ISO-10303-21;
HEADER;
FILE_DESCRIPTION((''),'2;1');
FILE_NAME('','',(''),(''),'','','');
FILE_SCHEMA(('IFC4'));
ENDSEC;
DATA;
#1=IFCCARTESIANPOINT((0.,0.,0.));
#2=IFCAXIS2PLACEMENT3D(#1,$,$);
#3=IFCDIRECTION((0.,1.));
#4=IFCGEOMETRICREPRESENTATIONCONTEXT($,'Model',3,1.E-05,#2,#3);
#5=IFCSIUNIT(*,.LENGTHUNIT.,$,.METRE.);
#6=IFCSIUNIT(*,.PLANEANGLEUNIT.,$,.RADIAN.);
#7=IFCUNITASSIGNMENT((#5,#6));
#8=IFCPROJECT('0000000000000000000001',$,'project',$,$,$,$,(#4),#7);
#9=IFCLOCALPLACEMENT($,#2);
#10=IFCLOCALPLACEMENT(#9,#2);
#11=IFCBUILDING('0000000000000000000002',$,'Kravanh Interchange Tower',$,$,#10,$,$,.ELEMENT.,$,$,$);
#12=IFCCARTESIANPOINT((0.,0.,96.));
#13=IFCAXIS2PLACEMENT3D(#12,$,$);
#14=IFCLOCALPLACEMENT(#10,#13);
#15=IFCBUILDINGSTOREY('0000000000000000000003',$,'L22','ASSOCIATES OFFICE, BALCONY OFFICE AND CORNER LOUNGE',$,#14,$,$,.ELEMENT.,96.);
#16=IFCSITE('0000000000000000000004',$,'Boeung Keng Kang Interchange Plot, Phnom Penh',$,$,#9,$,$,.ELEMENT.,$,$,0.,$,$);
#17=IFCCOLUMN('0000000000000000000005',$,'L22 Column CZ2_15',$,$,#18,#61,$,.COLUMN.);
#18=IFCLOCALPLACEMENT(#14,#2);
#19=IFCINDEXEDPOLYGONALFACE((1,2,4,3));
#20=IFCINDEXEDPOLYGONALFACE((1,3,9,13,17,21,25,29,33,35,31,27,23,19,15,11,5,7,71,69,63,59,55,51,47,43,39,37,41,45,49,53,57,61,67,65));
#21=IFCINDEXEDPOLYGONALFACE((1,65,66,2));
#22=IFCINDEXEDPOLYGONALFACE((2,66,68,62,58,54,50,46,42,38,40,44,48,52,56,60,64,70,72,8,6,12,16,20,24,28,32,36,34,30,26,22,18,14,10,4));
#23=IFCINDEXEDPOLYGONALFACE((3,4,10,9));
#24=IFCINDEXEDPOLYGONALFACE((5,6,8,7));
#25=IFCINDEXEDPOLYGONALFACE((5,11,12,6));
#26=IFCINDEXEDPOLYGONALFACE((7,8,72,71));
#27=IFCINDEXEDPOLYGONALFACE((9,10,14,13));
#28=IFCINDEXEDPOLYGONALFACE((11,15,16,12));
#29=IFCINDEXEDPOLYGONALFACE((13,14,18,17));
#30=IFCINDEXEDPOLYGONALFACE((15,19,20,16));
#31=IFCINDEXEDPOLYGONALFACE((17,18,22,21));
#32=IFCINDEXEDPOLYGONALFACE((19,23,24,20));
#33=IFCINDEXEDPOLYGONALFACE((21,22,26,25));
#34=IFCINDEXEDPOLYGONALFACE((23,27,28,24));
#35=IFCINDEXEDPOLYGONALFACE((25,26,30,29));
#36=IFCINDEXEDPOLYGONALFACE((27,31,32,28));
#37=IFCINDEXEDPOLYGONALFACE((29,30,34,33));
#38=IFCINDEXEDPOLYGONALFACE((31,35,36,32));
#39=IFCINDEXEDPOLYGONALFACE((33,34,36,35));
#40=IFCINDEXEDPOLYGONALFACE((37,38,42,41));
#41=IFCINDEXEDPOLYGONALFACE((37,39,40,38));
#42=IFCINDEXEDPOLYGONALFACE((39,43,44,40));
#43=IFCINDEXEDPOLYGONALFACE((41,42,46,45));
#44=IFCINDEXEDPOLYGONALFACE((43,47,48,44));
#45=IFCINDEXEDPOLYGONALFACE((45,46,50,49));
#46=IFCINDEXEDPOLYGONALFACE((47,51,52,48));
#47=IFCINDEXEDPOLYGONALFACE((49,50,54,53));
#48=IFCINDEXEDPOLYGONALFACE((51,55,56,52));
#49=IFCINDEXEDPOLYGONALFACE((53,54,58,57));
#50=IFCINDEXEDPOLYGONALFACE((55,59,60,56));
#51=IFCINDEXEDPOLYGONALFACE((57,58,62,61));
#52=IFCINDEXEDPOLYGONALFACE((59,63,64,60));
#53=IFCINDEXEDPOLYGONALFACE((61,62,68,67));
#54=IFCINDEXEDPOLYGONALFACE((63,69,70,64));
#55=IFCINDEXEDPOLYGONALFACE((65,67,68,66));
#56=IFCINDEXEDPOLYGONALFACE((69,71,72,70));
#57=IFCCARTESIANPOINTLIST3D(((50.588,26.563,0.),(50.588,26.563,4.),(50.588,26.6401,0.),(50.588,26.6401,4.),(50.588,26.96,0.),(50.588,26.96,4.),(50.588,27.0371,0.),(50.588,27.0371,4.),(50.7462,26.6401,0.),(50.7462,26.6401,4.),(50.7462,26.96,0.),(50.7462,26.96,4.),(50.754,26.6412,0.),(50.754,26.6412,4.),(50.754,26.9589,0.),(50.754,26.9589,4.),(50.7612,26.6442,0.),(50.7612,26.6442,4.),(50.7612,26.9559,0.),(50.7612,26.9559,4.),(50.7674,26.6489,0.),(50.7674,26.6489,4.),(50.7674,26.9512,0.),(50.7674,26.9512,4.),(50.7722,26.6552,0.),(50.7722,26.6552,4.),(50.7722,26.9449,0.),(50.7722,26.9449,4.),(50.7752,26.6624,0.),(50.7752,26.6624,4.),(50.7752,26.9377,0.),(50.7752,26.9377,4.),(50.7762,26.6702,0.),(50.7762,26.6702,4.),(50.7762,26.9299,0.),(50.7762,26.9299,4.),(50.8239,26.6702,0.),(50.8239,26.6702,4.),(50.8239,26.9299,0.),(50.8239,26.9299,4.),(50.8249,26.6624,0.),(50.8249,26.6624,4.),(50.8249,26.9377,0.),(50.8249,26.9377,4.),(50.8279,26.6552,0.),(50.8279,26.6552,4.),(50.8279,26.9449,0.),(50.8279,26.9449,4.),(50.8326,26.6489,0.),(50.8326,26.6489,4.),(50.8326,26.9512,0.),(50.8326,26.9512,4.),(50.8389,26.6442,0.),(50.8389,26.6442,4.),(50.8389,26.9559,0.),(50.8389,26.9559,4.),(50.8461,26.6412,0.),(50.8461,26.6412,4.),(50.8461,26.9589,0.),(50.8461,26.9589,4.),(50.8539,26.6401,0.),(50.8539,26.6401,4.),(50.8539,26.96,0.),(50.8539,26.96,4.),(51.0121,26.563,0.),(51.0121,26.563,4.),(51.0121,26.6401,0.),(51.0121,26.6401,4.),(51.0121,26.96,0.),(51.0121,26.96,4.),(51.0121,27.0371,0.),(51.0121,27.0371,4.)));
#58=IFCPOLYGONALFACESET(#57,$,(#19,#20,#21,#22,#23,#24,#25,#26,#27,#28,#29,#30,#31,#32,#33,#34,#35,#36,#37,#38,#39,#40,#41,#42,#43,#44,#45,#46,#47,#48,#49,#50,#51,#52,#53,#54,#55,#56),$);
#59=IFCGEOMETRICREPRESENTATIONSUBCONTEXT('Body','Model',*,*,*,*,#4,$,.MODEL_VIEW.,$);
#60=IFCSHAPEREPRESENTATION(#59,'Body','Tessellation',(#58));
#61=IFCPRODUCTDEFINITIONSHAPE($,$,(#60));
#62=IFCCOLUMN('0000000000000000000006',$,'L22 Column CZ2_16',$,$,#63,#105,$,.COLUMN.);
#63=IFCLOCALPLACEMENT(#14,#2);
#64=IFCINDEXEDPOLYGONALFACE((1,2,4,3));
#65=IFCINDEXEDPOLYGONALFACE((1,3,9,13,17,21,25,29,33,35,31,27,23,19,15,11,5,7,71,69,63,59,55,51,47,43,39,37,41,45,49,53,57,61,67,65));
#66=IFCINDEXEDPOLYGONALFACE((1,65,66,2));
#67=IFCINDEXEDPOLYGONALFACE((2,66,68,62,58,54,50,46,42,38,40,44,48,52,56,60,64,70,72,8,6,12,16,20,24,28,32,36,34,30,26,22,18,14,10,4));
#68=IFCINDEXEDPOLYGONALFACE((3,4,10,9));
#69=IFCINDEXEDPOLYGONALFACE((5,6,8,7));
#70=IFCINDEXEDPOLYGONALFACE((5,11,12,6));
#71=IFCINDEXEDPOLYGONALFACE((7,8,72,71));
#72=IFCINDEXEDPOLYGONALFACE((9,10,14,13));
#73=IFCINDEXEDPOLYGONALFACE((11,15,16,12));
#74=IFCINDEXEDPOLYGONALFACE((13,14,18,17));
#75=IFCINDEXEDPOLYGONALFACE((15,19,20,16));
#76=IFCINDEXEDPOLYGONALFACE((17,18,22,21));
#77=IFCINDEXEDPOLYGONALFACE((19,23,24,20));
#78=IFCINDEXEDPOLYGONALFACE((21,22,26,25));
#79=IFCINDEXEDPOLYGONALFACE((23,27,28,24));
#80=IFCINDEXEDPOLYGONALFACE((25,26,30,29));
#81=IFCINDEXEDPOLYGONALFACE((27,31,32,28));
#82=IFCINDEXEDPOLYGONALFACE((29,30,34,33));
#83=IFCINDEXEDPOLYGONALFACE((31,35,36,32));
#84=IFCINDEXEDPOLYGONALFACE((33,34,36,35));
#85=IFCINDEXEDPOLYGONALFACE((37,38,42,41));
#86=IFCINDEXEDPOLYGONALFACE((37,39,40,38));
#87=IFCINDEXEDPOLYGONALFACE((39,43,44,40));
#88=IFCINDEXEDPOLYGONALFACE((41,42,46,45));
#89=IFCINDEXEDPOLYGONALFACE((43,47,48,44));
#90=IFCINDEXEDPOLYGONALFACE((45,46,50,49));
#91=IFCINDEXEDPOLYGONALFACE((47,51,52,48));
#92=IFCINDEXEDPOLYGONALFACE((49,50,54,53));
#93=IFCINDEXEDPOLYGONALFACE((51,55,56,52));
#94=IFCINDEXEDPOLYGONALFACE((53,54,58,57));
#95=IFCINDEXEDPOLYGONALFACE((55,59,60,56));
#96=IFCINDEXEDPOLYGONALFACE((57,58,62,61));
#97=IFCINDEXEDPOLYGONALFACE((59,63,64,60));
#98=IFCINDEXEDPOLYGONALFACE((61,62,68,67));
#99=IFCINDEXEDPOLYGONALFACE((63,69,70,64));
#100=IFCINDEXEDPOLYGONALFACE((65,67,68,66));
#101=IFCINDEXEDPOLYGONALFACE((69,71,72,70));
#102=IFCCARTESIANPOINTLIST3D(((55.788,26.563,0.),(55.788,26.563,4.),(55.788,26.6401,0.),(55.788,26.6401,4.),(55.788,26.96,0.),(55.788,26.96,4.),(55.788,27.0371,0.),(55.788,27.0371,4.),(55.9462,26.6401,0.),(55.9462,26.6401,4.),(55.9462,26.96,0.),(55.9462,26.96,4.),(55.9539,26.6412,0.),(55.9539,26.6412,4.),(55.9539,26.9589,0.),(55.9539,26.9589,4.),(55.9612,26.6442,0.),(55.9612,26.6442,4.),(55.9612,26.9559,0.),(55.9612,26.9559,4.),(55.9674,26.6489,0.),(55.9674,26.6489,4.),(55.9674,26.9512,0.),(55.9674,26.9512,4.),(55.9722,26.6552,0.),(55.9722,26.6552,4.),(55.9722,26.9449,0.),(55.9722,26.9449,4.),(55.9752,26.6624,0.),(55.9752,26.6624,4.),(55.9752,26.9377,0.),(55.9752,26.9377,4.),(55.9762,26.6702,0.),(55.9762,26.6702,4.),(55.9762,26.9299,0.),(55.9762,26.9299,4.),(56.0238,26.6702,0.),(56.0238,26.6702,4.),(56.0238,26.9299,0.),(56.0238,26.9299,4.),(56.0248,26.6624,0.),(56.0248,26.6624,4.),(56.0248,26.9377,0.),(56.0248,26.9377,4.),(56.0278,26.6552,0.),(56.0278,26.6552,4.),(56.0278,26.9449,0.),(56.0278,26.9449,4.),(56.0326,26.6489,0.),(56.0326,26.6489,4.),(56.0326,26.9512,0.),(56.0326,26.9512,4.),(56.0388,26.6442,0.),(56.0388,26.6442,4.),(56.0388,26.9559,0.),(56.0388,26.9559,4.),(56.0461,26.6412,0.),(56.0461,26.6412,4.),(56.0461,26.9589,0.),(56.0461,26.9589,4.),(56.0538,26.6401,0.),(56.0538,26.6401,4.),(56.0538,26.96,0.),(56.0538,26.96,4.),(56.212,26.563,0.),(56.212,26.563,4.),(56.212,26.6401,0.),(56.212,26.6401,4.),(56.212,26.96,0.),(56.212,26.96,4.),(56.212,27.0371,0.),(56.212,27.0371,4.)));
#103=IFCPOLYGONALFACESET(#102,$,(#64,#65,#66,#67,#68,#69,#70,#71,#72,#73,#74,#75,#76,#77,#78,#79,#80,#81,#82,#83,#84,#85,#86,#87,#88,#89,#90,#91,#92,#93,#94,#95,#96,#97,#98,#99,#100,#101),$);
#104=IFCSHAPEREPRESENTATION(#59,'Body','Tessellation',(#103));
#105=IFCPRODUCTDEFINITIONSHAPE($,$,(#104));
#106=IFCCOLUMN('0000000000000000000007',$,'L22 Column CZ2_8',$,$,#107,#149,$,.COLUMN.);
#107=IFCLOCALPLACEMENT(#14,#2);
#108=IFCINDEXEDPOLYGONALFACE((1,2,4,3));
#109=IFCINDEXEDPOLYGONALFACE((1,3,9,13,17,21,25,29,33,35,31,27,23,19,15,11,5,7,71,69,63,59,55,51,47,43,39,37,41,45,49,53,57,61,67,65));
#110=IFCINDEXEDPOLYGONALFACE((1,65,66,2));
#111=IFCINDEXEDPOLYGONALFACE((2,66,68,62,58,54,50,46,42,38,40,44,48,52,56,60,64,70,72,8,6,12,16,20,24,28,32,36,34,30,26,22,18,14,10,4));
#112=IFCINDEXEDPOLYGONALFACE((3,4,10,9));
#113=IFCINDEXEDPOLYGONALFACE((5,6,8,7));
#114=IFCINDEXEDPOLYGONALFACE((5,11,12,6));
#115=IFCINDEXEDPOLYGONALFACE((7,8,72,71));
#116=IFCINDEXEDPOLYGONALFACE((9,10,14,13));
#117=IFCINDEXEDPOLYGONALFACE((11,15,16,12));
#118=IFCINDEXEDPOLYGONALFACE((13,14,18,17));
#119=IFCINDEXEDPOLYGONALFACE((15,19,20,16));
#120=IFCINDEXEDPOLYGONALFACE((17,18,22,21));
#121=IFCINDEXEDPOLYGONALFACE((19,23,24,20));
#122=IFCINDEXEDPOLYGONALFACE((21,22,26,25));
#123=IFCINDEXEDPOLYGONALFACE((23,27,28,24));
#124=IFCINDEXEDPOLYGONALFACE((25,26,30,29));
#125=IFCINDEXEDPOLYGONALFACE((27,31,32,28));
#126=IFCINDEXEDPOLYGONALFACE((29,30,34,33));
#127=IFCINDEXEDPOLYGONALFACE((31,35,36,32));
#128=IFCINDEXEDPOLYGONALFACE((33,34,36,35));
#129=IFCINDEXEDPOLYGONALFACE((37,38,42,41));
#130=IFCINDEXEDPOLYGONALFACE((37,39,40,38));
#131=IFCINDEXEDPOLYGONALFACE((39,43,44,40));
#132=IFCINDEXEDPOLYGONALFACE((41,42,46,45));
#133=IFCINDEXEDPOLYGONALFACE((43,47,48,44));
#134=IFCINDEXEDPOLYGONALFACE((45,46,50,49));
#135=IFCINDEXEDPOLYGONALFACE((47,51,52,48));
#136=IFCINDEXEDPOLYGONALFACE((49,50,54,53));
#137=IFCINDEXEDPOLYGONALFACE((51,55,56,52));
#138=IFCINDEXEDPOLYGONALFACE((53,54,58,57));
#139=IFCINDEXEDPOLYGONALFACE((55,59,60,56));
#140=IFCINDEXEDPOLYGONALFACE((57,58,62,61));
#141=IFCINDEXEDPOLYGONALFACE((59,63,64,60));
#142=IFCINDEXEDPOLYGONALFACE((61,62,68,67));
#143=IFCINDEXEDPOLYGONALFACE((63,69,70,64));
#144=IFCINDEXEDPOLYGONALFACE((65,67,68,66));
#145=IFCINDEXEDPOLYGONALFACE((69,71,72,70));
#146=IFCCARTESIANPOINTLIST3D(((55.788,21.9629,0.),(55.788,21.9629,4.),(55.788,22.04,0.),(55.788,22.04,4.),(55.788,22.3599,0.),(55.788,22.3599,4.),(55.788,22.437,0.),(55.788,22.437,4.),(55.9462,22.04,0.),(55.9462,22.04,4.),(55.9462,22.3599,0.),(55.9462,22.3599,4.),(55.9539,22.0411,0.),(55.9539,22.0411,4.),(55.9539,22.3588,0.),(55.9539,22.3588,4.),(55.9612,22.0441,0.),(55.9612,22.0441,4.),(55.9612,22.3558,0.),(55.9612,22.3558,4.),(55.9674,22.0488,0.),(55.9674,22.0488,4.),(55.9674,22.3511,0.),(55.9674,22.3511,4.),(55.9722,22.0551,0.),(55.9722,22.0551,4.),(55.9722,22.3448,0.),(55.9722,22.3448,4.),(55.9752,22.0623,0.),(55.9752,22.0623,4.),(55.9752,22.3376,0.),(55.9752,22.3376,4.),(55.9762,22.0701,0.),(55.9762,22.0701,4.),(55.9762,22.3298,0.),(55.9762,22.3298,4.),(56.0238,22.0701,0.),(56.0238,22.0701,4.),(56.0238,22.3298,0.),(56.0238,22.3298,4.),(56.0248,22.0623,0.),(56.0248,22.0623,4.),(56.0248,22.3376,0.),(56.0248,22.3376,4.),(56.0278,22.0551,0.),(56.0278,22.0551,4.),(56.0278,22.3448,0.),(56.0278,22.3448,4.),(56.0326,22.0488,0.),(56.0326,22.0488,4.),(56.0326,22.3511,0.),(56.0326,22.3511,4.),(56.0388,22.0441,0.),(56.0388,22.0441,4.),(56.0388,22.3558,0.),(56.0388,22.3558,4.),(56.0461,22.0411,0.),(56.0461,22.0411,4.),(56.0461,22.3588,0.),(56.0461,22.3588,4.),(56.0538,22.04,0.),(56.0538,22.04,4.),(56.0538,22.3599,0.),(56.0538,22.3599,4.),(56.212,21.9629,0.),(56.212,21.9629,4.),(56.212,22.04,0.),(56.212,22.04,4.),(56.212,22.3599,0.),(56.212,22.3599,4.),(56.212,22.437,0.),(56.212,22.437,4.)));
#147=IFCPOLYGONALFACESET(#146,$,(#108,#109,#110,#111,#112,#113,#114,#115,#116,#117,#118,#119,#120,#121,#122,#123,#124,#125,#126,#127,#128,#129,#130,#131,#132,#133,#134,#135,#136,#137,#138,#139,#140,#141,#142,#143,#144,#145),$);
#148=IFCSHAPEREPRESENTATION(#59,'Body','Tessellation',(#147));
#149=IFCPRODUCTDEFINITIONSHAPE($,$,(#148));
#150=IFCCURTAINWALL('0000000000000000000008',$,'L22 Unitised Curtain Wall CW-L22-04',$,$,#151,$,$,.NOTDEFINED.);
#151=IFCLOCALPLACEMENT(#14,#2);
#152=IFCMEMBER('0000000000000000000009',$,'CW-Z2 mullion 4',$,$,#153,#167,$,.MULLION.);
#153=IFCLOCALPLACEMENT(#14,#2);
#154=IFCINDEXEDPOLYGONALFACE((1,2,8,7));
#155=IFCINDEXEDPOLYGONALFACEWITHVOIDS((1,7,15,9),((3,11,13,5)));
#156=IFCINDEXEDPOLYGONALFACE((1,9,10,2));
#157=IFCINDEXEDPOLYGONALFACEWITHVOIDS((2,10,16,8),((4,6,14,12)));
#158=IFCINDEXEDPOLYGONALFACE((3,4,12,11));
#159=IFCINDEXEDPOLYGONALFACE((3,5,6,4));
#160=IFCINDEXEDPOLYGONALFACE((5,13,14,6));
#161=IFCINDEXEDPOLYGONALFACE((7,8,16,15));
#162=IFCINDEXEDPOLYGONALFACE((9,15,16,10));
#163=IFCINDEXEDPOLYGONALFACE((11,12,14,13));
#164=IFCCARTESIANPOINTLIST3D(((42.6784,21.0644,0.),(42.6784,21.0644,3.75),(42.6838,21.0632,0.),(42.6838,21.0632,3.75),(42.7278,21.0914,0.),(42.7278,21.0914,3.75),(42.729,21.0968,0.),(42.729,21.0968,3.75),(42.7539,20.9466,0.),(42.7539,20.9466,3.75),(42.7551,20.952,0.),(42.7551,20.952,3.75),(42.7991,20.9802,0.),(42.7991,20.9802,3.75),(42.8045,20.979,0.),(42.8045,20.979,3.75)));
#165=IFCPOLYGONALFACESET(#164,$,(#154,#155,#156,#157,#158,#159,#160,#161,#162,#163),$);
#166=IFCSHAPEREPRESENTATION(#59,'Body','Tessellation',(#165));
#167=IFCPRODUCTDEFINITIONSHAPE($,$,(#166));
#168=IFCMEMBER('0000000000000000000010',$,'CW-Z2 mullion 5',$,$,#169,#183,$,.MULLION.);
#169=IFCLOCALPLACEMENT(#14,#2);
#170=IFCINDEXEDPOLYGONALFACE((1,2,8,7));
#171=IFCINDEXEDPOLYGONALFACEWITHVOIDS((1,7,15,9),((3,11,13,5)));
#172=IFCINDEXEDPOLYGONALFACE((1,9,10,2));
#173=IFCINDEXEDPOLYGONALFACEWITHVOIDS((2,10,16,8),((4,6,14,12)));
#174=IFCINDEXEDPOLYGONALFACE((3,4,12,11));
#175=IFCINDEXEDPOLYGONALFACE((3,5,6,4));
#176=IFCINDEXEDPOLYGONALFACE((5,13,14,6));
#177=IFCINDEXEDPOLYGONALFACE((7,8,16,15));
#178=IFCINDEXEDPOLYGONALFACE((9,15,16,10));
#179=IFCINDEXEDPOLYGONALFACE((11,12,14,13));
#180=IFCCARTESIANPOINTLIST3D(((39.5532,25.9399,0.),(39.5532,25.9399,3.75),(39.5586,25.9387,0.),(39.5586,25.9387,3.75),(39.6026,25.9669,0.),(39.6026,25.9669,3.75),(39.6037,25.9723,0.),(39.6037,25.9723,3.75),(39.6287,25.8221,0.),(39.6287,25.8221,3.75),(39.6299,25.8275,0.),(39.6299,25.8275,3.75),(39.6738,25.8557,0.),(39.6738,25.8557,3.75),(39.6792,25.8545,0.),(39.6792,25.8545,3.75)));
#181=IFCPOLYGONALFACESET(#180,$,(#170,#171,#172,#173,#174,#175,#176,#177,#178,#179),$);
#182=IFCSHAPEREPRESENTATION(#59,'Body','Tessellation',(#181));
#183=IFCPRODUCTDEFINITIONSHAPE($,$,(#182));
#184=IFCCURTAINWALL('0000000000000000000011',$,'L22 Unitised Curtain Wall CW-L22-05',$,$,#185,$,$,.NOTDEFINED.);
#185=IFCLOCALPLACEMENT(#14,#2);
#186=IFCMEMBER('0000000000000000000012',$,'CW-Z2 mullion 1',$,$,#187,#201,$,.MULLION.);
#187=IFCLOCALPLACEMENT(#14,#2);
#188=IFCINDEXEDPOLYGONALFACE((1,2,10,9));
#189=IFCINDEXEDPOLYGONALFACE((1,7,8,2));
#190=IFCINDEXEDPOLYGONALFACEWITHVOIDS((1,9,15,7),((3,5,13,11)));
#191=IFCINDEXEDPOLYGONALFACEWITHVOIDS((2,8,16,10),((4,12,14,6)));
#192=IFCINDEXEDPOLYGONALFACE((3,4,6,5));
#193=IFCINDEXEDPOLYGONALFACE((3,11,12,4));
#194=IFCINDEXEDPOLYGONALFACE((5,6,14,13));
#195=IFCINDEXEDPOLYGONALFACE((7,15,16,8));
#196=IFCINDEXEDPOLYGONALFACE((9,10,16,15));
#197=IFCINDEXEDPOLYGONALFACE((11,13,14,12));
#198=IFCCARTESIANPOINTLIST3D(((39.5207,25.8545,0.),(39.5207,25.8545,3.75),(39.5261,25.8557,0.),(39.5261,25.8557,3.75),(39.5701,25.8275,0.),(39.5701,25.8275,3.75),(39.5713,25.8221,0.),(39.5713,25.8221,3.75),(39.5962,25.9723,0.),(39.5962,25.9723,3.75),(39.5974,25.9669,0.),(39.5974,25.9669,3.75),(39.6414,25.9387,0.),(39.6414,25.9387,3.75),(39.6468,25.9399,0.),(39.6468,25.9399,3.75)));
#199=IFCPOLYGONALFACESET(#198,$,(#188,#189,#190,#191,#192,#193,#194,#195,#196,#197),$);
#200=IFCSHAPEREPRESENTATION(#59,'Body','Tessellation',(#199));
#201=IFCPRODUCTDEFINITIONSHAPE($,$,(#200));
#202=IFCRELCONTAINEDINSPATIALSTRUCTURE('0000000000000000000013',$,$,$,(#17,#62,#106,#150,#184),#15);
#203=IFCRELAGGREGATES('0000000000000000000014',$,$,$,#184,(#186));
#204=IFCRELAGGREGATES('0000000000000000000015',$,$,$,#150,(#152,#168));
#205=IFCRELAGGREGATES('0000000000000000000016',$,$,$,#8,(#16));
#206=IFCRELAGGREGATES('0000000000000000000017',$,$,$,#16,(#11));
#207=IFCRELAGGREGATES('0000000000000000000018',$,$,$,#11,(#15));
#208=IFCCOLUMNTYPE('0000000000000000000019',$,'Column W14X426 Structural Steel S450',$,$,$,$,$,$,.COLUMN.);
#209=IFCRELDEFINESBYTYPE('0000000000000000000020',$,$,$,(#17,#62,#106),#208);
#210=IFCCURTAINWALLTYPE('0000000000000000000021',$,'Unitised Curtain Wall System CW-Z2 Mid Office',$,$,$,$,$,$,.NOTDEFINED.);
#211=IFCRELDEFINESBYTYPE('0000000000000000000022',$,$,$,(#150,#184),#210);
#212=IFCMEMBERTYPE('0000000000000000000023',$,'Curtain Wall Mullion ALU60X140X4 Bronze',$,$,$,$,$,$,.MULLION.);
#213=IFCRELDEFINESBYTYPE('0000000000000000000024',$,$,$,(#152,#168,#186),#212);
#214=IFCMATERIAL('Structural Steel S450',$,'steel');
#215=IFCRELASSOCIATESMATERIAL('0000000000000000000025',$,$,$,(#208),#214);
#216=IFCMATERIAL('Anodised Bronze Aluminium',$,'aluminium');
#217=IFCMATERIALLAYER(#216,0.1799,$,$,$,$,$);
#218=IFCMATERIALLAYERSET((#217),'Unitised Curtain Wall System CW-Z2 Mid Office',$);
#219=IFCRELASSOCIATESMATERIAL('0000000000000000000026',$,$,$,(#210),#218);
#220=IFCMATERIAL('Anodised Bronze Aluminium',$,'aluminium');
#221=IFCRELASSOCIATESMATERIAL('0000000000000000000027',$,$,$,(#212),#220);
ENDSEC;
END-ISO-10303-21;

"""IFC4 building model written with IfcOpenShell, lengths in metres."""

from ifc_helpers import new_model, si_unit, direction, frame, origin, origin_2d, place, context, subcontext, project, spatial, hollow_rectangle, i_section, extrude, material, layer, layer_set, material_profile, profile_set, type_object, element, aggregate, save


model = new_model("IFC4")

# Units and contexts
model_context = context("Model", 3, precision=1e-05, world=origin(), true_north=direction((0.0, 1.0)))
body_context = subcontext(model_context, "Body", "Model", "MODEL_VIEW")
ifc_project = project(units=[si_unit("LENGTHUNIT", "METRE"), si_unit("PLANEANGLEUNIT", "RADIAN")], contexts=[model_context])

# Site, building, storey
site_placement = place(None, origin())
site = spatial("IfcSite", under=ifc_project, at=site_placement, Name="Boeung Keng Kang Interchange Plot, Phnom Penh", CompositionType="ELEMENT", RefElevation=0.0)
building_placement = place(site_placement, origin())
building = spatial("IfcBuilding", under=site, at=building_placement, Name="Kravanh Interchange Tower", CompositionType="ELEMENT")
storey_placement = place(building_placement, frame((0.0, 0.0, 96.0)))
storey = spatial("IfcBuildingStorey", under=building, at=storey_placement, Name="L22", Description="ASSOCIATES OFFICE, BALCONY OFFICE AND CORNER LOUNGE", CompositionType="ELEMENT", Elevation=96.0)

# Columns
ifc_material_1 = material(Name="Structural Steel S450", Category="steel")
ifc_material_profile_1 = material_profile(ifc_material_1, i_section(OverallWidth=0.4241, OverallDepth=0.4741, WebThickness=0.0476, FlangeThickness=0.0771, FilletRadius=0.03, at=origin_2d()), Name="W14X426")
ifc_profile_set_1 = profile_set([ifc_material_profile_1], Name="Structural Steel S450")
column_type = type_object("IfcColumnType", Name="Column W14X426 Structural Steel S450", PredefinedType="COLUMN", material=ifc_profile_set_1)
for number, where, z_axis, x_axis, name in (
    (1, (50.8, 26.8, 0.0), (0.0, 0.0, 1.0), (1.0, 0.0, 0.0), "L22 Column CZ2_15"),
    (2, (56.0, 26.8, 0.0), (0.0, 0.0, 1.0), (1.0, 0.0, 0.0), "L22 Column CZ2_16"),
    (3, (56.0, 22.2, 0.0), (0.0, 0.0, 1.0), (1.0, 0.0, 0.0), "L22 Column CZ2_8"),
):
    element("IfcColumn", number, at=place(storey_placement, frame(where, z_axis=z_axis, x_axis=x_axis)), inside=storey, type_object=column_type, Name=name, PredefinedType="COLUMN", context=body_context, shape_type="SweptSolid", body=[
        extrude(i_section(OverallWidth=0.4241, OverallDepth=0.4741, WebThickness=0.0476, FlangeThickness=0.0771, FilletRadius=0.03, at=origin_2d()), origin(), (0.0, 0.0, 1.0), 4.0),
    ])

# Curtain wall, members
ifc_material_2 = material(Name="Anodised Bronze Aluminium", Category="aluminium")
ifc_layer_1 = layer(ifc_material_2, 0.1799)
ifc_layer_set_1 = layer_set([ifc_layer_1], Name="Unitised Curtain Wall System CW-Z2 Mid Office")
curtain_wall_type = type_object("IfcCurtainWallType", Name="Unitised Curtain Wall System CW-Z2 Mid Office", PredefinedType="NOTDEFINED", material=ifc_layer_set_1)
curtain_wall_1_placement = place(storey_placement, origin())
curtain_wall_1 = element("IfcCurtainWall", 4, at=curtain_wall_1_placement, inside=storey, type_object=curtain_wall_type, Name="L22 Unitised Curtain Wall CW-L22-04", PredefinedType="NOTDEFINED")
ifc_material_3 = material(Name="Anodised Bronze Aluminium", Category="aluminium")
ifc_material_profile_2 = material_profile(ifc_material_3, hollow_rectangle(XDim=0.0601, YDim=0.1399, WallThickness=0.0039, at=origin_2d()), Name="ALU60X140X4")
ifc_profile_set_2 = profile_set([ifc_material_profile_2], Name="Anodised Bronze Aluminium")
member_type_1 = type_object("IfcMemberType", Name="Curtain Wall Mullion ALU60X140X4 Bronze", PredefinedType="MULLION", material=ifc_profile_set_2)
member_1_placement = place(storey_placement, frame((42.7415, 21.0217, 0.0), z_axis=(0.0, 0.0, 1.0), x_axis=(-0.84188, -0.539665, 0.0)))
member_1 = element("IfcMember", 5, at=member_1_placement, type_object=member_type_1, Name="CW-Z2 mullion 4", PredefinedType="MULLION", context=body_context, shape_type="SweptSolid", body=[
    extrude(hollow_rectangle(XDim=0.0601, YDim=0.1399, WallThickness=0.0039, at=origin_2d()), origin(), (0.0, 0.0, 1.0), 3.75),
])
member_2_placement = place(storey_placement, frame((39.6162, 25.8972, 0.0), z_axis=(0.0, 0.0, 1.0), x_axis=(-0.84188, -0.539665, 0.0)))
member_2 = element("IfcMember", 6, at=member_2_placement, type_object=member_type_1, Name="CW-Z2 mullion 5", PredefinedType="MULLION", context=body_context, shape_type="SweptSolid", body=[
    extrude(hollow_rectangle(XDim=0.0601, YDim=0.1399, WallThickness=0.0039, at=origin_2d()), origin(), (0.0, 0.0, 1.0), 3.75),
])

# Curtain wall, member
curtain_wall_2_placement = place(storey_placement, origin())
curtain_wall_2 = element("IfcCurtainWall", 7, at=curtain_wall_2_placement, inside=storey, type_object=curtain_wall_type, Name="L22 Unitised Curtain Wall CW-L22-05", PredefinedType="NOTDEFINED")
member_3_placement = place(storey_placement, frame((39.5837, 25.8972, 0.0), z_axis=(0.0, 0.0, 1.0), x_axis=(0.84188, -0.539665, 0.0)))
member_3 = element("IfcMember", 8, at=member_3_placement, type_object=member_type_1, Name="CW-Z2 mullion 1", PredefinedType="MULLION", context=body_context, shape_type="SweptSolid", body=[
    extrude(hollow_rectangle(XDim=0.0601, YDim=0.1399, WallThickness=0.0039, at=origin_2d()), origin(), (0.0, 0.0, 1.0), 3.75),
])
aggregate(curtain_wall_2, [member_3])

aggregate(curtain_wall_1, [member_1, member_2])

save(model, "model.ifc")
